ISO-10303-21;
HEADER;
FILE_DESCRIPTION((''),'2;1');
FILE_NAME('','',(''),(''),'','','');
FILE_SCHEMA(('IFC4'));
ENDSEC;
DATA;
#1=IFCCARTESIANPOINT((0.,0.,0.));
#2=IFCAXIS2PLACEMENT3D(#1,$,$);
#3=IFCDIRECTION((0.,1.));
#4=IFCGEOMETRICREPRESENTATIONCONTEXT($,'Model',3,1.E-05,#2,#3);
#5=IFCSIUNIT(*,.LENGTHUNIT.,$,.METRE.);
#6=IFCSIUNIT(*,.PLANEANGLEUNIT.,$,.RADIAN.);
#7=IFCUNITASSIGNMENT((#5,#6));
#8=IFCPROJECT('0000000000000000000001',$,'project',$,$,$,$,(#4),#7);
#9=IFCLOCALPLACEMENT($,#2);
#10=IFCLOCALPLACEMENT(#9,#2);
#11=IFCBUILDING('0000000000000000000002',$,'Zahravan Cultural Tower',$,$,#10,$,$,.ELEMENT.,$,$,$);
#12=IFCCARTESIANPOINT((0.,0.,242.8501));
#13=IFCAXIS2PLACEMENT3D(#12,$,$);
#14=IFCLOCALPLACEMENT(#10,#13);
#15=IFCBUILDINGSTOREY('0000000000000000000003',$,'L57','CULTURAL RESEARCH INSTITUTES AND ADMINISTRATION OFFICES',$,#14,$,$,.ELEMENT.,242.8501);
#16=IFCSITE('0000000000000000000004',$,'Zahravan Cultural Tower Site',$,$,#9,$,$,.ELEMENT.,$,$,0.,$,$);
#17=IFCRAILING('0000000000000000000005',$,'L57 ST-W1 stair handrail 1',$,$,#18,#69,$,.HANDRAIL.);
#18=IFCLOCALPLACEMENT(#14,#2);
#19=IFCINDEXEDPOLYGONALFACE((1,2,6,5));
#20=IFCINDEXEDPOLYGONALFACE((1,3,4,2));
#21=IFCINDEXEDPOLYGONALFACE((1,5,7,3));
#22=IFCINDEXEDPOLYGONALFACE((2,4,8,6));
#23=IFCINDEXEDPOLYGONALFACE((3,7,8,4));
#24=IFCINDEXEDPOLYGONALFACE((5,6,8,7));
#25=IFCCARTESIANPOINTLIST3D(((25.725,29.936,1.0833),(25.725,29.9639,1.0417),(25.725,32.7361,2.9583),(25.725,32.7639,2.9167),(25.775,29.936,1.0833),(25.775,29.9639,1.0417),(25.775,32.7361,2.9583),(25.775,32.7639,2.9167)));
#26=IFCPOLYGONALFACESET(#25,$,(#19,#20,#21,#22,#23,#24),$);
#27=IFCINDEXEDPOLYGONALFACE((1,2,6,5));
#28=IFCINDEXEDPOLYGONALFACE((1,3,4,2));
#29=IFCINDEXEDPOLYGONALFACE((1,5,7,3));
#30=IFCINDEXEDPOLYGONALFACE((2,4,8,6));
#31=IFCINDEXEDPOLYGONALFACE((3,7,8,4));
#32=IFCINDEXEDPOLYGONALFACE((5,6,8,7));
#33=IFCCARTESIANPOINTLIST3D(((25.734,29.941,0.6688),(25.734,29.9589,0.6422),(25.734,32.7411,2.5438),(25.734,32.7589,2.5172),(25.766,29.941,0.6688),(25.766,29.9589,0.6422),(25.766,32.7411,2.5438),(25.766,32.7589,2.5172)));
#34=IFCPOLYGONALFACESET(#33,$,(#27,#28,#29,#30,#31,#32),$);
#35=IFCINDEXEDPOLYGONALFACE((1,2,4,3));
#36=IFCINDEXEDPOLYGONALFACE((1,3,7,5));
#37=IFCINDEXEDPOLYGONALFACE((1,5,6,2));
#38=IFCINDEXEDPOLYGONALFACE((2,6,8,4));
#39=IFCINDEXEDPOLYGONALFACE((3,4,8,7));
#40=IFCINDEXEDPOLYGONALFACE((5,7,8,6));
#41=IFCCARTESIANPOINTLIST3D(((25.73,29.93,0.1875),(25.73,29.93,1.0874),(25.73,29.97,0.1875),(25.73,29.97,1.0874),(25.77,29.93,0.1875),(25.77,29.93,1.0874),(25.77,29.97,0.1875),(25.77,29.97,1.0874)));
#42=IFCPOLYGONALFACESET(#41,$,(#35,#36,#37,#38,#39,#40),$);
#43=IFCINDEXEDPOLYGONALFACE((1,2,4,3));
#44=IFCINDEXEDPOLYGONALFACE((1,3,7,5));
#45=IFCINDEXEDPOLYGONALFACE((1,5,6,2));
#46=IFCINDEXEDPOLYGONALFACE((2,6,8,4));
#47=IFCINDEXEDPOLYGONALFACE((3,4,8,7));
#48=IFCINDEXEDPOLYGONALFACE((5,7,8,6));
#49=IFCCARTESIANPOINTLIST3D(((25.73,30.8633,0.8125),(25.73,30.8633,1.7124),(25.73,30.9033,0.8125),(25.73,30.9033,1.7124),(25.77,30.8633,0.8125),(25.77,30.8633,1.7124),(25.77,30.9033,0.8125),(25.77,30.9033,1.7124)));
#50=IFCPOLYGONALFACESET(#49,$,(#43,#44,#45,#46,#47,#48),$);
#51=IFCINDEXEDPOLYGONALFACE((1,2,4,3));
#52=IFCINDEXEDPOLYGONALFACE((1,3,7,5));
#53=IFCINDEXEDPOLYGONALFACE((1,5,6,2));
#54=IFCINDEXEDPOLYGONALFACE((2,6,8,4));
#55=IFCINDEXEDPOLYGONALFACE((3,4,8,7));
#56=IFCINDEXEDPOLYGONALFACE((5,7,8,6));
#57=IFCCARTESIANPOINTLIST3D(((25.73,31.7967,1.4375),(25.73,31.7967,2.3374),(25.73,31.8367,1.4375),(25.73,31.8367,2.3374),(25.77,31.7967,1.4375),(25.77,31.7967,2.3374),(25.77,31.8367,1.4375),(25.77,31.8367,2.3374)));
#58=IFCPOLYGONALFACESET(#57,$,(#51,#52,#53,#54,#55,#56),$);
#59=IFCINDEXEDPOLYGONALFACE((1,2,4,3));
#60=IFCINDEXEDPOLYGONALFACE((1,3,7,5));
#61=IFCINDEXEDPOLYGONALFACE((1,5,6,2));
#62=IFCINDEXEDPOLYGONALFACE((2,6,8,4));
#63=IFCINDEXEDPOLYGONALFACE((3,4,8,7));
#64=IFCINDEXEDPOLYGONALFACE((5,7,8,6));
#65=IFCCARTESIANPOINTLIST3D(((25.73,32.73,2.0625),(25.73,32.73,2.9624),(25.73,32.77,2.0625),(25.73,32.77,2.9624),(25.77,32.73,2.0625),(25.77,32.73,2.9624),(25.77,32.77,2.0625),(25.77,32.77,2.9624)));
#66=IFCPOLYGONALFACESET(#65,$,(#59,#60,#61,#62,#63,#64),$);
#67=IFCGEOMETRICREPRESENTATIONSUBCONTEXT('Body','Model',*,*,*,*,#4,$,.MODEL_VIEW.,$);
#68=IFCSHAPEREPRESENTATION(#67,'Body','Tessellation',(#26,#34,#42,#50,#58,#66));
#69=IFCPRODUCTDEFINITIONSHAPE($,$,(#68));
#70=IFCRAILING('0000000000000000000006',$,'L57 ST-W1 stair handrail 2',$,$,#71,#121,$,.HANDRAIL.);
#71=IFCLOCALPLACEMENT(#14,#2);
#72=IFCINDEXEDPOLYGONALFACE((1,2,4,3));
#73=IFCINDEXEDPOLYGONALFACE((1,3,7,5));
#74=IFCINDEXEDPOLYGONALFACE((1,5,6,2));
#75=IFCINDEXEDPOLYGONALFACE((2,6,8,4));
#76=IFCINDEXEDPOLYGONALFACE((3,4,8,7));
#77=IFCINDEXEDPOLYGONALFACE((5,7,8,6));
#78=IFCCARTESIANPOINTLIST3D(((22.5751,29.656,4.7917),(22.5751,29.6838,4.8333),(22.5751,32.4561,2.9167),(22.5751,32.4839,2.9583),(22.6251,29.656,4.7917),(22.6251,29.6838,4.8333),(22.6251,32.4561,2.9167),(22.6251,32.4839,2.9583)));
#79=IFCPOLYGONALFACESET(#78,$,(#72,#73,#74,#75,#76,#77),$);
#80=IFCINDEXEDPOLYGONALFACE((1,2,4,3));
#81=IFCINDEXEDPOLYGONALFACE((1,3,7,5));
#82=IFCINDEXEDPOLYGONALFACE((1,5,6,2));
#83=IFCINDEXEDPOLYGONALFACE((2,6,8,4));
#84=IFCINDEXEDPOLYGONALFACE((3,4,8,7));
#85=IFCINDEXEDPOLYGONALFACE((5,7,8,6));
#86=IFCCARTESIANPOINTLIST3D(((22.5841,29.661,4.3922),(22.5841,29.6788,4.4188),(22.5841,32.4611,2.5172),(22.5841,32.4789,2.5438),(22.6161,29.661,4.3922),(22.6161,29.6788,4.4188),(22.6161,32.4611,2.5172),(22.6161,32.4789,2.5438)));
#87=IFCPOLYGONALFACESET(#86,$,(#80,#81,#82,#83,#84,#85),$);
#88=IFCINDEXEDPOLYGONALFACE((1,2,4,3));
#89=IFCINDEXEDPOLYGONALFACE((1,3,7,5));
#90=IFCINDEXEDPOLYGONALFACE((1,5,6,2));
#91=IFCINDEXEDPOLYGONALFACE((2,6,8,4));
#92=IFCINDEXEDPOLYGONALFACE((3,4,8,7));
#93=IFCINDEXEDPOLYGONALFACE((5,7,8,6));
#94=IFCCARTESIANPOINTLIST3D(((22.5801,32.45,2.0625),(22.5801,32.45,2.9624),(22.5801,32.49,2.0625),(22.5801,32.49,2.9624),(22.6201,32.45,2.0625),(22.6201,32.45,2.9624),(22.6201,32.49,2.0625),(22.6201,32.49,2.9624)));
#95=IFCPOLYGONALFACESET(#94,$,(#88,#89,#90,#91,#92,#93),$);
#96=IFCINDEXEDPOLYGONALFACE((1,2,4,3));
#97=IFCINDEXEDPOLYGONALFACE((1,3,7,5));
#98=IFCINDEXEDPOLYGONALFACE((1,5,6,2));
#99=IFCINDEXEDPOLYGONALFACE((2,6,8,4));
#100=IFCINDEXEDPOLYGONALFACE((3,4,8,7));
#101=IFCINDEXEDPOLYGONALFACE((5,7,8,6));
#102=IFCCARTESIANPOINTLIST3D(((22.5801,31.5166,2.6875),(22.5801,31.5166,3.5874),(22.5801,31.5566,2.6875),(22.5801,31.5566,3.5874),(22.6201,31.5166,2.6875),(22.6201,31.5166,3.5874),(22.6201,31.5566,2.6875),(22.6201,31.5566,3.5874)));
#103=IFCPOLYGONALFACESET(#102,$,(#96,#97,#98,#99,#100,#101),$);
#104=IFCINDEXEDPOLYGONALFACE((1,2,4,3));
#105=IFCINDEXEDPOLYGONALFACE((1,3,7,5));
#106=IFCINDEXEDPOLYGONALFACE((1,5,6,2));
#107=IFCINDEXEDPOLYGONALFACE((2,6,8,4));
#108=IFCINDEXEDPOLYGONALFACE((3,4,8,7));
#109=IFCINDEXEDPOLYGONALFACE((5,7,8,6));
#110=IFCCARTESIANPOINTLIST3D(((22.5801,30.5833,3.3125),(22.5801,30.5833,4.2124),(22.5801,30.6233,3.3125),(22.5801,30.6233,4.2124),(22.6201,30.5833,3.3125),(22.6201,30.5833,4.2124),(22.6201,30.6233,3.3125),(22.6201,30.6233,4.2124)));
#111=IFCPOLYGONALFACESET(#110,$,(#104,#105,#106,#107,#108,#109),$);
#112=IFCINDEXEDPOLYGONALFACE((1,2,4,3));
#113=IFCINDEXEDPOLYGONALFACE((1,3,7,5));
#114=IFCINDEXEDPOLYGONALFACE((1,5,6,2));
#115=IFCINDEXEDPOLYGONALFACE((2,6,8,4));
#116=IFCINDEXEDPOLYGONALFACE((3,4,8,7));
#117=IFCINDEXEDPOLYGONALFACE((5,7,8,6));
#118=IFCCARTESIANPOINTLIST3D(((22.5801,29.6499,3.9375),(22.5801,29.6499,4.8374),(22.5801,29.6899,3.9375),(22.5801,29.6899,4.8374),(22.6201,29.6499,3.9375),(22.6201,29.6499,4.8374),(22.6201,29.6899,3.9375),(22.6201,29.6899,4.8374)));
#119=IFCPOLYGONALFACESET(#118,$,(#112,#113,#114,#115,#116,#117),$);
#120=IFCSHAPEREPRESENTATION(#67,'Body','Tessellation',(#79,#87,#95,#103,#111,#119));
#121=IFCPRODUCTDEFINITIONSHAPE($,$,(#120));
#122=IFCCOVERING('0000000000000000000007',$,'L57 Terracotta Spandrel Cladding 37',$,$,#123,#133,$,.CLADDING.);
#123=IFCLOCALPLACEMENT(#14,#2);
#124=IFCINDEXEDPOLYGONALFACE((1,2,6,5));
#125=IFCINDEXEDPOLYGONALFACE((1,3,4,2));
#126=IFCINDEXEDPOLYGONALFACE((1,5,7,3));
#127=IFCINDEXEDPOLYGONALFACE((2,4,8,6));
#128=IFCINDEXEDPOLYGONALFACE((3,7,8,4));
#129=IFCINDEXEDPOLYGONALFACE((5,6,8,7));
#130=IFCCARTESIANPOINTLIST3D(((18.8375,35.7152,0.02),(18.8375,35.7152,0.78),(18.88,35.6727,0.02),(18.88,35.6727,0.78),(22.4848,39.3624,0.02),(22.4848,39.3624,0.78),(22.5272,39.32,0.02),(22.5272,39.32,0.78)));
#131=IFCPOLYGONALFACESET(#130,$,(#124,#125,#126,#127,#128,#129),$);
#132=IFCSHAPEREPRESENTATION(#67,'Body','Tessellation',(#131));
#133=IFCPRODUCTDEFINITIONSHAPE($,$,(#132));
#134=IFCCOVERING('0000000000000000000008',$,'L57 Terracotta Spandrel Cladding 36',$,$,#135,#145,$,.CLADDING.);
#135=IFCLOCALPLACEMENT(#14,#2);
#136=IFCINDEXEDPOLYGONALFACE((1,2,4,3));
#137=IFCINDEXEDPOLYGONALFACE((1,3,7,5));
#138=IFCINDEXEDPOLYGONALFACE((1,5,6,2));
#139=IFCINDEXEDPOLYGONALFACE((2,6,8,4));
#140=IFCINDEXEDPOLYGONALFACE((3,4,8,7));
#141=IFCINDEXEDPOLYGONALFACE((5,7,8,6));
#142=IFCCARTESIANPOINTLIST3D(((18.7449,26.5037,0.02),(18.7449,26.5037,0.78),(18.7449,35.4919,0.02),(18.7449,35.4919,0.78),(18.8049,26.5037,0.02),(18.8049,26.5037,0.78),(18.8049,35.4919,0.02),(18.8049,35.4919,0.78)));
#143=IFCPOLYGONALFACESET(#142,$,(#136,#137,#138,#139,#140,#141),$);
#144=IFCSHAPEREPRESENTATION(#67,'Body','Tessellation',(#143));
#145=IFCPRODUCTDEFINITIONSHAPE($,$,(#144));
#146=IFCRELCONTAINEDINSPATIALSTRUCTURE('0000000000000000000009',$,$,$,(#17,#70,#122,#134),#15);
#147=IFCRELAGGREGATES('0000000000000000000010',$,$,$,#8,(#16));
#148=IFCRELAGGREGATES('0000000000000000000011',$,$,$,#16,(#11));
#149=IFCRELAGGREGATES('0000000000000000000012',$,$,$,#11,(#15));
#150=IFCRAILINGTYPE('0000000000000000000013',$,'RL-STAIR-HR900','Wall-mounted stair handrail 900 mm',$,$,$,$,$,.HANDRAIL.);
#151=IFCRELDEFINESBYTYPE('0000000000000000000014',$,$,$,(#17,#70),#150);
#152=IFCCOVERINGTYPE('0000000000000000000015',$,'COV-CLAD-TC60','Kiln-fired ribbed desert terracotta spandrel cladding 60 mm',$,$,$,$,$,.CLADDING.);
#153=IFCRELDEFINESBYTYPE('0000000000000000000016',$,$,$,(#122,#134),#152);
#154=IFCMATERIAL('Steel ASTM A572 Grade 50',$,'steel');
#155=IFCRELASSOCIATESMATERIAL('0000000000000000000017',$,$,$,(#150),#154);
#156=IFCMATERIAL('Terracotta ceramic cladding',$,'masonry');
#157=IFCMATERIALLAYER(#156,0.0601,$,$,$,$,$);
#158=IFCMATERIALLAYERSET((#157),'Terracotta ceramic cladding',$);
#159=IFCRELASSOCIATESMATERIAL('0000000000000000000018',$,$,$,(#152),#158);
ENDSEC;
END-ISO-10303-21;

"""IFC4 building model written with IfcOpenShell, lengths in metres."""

from ifc_helpers import new_model, si_unit, direction, frame, origin, origin_2d, place, context, subcontext, project, spatial, rectangle, extrude, source, transform, mapped, material, layer, layer_set, type_object, element, save


model = new_model("IFC4")

# Units and contexts
model_context = context("Model", 3, precision=1e-05, world=origin(), true_north=direction((0.0, 1.0)))
body_context = subcontext(model_context, "Body", "Model", "MODEL_VIEW")
ifc_project = project(units=[si_unit("LENGTHUNIT", "METRE"), si_unit("PLANEANGLEUNIT", "RADIAN")], contexts=[model_context])

# Site, building, storey
site_placement = place(None, origin())
site = spatial("IfcSite", under=ifc_project, at=site_placement, Name="Zahravan Cultural Tower Site", CompositionType="ELEMENT", RefElevation=0.0)
building_placement = place(site_placement, origin())
building = spatial("IfcBuilding", under=site, at=building_placement, Name="Zahravan Cultural Tower", CompositionType="ELEMENT")
storey_placement = place(building_placement, frame((0.0, 0.0, 242.8501)))
storey = spatial("IfcBuildingStorey", under=building, at=storey_placement, Name="L57", Description="CULTURAL RESEARCH INSTITUTES AND ADMINISTRATION OFFICES", CompositionType="ELEMENT", Elevation=242.8501)

# Railings
ifc_material_1 = material(Name="Steel ASTM A572 Grade 50", Category="steel")
railing_type_1 = type_object("IfcRailingType", Name="RL-STAIR-HR900", Description="Wall-mounted stair handrail 900 mm", PredefinedType="HANDRAIL", material=ifc_material_1)
railing_1_placement = place(storey_placement, frame((25.75, 29.95, 0.1875)))
element("IfcRailing", 1, at=railing_1_placement, inside=storey, type_object=railing_type_1, Name="L57 ST-W1 stair handrail 1", PredefinedType="HANDRAIL", context=body_context, shape_type="SweptSolid", body=[
    extrude(rectangle(XDim=0.05, YDim=0.05, at=origin_2d()), frame((0.0, 0.0, 0.875), z_axis=(0.0, 0.830912, 0.556404), x_axis=(-1.0, 0.0, 0.0)), (0.0, 0.0, 1.0), 3.3699),
    extrude(rectangle(XDim=0.032, YDim=0.032, at=origin_2d()), frame((0.0, 0.0, 0.468), z_axis=(0.0, 0.830912, 0.556404), x_axis=(-1.0, 0.0, 0.0)), (0.0, 0.0, 1.0), 3.3699),
    extrude(rectangle(XDim=0.04, YDim=0.04, at=origin_2d()), origin(), (0.0, 0.0, 1.0), 0.8999),
    extrude(rectangle(XDim=0.04, YDim=0.04, at=origin_2d()), frame((0.0, 0.9333, 0.625)), (0.0, 0.0, 1.0), 0.8999),
    extrude(rectangle(XDim=0.04, YDim=0.04, at=origin_2d()), frame((0.0, 1.8667, 1.25)), (0.0, 0.0, 1.0), 0.8999),
    extrude(rectangle(XDim=0.04, YDim=0.04, at=origin_2d()), frame((0.0, 2.8, 1.875)), (0.0, 0.0, 1.0), 0.8999),
])
railing_2_placement = place(storey_placement, frame((22.6001, 32.47, 2.0625)))
element("IfcRailing", 2, at=railing_2_placement, inside=storey, type_object=railing_type_1, Name="L57 ST-W1 stair handrail 2", PredefinedType="HANDRAIL", context=body_context, shape_type="SweptSolid", body=[
    extrude(rectangle(XDim=0.05, YDim=0.05, at=origin_2d()), frame((0.0, 0.0, 0.875), z_axis=(0.0, -0.830912, 0.556404), x_axis=(1.0, 0.0, 0.0)), (0.0, 0.0, 1.0), 3.3699),
    extrude(rectangle(XDim=0.032, YDim=0.032, at=origin_2d()), frame((0.0, 0.0, 0.468), z_axis=(0.0, -0.830912, 0.556404), x_axis=(1.0, 0.0, 0.0)), (0.0, 0.0, 1.0), 3.3699),
    extrude(rectangle(XDim=0.04, YDim=0.04, at=origin_2d()), origin(), (0.0, 0.0, 1.0), 0.8999),
    extrude(rectangle(XDim=0.04, YDim=0.04, at=origin_2d()), frame((0.0, -0.9333, 0.625)), (0.0, 0.0, 1.0), 0.8999),
    extrude(rectangle(XDim=0.04, YDim=0.04, at=origin_2d()), frame((0.0, -1.8667, 1.25)), (0.0, 0.0, 1.0), 0.8999),
    extrude(rectangle(XDim=0.04, YDim=0.04, at=origin_2d()), frame((0.0, -2.8, 1.875)), (0.0, 0.0, 1.0), 0.8999),
])

# Coverings
ifc_material_2 = material(Name="Terracotta ceramic cladding", Category="masonry")
ifc_layer_1 = layer(ifc_material_2, 0.0601)
ifc_layer_set_1 = layer_set([ifc_layer_1], Name="Terracotta ceramic cladding")
covering_type = type_object("IfcCoveringType", Name="COV-CLAD-TC60", Description="Kiln-fired ribbed desert terracotta spandrel cladding 60 mm", PredefinedType="CLADDING", material=ifc_layer_set_1)
shared_shape_1 = source(origin(), body_context, "Body", "SweptSolid", [
    extrude(rectangle(XDim=5.158, YDim=0.0601, at=origin_2d()), origin(), (0.0, 0.0, 1.0), 0.76),
])
covering_1_placement = place(storey_placement, frame((20.6824, 37.5176, 0.02), z_axis=(0.0, 0.0, 1.0), x_axis=(0.707107, 0.707107, 0.0)))
element("IfcCovering", 3, at=covering_1_placement, inside=storey, type_object=covering_type, Name="L57 Terracotta Spandrel Cladding 37", PredefinedType="CLADDING", context=body_context, shape_type="MappedRepresentation", body=[
    mapped(shared_shape_1, transform((0.0, 0.0, 0.0), x_axis=(1.0, 0.0, 0.0), y_axis=(0.0, 1.0, 0.0), z_axis=(0.0, 0.0, 1.0), scale=1.0)),
])
shared_shape_2 = source(origin(), body_context, "Body", "SweptSolid", [
    extrude(rectangle(XDim=8.9883, YDim=0.0601, at=origin_2d()), origin(), (0.0, 0.0, 1.0), 0.76),
])
covering_2_placement = place(storey_placement, frame((18.7749, 30.9978, 0.02), z_axis=(0.0, 0.0, 1.0), x_axis=(0.0, 1.0, 0.0)))
element("IfcCovering", 4, at=covering_2_placement, inside=storey, type_object=covering_type, Name="L57 Terracotta Spandrel Cladding 36", PredefinedType="CLADDING", context=body_context, shape_type="MappedRepresentation", body=[
    mapped(shared_shape_2, transform((0.0, 0.0, 0.0), x_axis=(1.0, 0.0, 0.0), y_axis=(0.0, 1.0, 0.0), z_axis=(0.0, 0.0, 1.0), scale=1.0)),
])

save(model, "model.ifc")
